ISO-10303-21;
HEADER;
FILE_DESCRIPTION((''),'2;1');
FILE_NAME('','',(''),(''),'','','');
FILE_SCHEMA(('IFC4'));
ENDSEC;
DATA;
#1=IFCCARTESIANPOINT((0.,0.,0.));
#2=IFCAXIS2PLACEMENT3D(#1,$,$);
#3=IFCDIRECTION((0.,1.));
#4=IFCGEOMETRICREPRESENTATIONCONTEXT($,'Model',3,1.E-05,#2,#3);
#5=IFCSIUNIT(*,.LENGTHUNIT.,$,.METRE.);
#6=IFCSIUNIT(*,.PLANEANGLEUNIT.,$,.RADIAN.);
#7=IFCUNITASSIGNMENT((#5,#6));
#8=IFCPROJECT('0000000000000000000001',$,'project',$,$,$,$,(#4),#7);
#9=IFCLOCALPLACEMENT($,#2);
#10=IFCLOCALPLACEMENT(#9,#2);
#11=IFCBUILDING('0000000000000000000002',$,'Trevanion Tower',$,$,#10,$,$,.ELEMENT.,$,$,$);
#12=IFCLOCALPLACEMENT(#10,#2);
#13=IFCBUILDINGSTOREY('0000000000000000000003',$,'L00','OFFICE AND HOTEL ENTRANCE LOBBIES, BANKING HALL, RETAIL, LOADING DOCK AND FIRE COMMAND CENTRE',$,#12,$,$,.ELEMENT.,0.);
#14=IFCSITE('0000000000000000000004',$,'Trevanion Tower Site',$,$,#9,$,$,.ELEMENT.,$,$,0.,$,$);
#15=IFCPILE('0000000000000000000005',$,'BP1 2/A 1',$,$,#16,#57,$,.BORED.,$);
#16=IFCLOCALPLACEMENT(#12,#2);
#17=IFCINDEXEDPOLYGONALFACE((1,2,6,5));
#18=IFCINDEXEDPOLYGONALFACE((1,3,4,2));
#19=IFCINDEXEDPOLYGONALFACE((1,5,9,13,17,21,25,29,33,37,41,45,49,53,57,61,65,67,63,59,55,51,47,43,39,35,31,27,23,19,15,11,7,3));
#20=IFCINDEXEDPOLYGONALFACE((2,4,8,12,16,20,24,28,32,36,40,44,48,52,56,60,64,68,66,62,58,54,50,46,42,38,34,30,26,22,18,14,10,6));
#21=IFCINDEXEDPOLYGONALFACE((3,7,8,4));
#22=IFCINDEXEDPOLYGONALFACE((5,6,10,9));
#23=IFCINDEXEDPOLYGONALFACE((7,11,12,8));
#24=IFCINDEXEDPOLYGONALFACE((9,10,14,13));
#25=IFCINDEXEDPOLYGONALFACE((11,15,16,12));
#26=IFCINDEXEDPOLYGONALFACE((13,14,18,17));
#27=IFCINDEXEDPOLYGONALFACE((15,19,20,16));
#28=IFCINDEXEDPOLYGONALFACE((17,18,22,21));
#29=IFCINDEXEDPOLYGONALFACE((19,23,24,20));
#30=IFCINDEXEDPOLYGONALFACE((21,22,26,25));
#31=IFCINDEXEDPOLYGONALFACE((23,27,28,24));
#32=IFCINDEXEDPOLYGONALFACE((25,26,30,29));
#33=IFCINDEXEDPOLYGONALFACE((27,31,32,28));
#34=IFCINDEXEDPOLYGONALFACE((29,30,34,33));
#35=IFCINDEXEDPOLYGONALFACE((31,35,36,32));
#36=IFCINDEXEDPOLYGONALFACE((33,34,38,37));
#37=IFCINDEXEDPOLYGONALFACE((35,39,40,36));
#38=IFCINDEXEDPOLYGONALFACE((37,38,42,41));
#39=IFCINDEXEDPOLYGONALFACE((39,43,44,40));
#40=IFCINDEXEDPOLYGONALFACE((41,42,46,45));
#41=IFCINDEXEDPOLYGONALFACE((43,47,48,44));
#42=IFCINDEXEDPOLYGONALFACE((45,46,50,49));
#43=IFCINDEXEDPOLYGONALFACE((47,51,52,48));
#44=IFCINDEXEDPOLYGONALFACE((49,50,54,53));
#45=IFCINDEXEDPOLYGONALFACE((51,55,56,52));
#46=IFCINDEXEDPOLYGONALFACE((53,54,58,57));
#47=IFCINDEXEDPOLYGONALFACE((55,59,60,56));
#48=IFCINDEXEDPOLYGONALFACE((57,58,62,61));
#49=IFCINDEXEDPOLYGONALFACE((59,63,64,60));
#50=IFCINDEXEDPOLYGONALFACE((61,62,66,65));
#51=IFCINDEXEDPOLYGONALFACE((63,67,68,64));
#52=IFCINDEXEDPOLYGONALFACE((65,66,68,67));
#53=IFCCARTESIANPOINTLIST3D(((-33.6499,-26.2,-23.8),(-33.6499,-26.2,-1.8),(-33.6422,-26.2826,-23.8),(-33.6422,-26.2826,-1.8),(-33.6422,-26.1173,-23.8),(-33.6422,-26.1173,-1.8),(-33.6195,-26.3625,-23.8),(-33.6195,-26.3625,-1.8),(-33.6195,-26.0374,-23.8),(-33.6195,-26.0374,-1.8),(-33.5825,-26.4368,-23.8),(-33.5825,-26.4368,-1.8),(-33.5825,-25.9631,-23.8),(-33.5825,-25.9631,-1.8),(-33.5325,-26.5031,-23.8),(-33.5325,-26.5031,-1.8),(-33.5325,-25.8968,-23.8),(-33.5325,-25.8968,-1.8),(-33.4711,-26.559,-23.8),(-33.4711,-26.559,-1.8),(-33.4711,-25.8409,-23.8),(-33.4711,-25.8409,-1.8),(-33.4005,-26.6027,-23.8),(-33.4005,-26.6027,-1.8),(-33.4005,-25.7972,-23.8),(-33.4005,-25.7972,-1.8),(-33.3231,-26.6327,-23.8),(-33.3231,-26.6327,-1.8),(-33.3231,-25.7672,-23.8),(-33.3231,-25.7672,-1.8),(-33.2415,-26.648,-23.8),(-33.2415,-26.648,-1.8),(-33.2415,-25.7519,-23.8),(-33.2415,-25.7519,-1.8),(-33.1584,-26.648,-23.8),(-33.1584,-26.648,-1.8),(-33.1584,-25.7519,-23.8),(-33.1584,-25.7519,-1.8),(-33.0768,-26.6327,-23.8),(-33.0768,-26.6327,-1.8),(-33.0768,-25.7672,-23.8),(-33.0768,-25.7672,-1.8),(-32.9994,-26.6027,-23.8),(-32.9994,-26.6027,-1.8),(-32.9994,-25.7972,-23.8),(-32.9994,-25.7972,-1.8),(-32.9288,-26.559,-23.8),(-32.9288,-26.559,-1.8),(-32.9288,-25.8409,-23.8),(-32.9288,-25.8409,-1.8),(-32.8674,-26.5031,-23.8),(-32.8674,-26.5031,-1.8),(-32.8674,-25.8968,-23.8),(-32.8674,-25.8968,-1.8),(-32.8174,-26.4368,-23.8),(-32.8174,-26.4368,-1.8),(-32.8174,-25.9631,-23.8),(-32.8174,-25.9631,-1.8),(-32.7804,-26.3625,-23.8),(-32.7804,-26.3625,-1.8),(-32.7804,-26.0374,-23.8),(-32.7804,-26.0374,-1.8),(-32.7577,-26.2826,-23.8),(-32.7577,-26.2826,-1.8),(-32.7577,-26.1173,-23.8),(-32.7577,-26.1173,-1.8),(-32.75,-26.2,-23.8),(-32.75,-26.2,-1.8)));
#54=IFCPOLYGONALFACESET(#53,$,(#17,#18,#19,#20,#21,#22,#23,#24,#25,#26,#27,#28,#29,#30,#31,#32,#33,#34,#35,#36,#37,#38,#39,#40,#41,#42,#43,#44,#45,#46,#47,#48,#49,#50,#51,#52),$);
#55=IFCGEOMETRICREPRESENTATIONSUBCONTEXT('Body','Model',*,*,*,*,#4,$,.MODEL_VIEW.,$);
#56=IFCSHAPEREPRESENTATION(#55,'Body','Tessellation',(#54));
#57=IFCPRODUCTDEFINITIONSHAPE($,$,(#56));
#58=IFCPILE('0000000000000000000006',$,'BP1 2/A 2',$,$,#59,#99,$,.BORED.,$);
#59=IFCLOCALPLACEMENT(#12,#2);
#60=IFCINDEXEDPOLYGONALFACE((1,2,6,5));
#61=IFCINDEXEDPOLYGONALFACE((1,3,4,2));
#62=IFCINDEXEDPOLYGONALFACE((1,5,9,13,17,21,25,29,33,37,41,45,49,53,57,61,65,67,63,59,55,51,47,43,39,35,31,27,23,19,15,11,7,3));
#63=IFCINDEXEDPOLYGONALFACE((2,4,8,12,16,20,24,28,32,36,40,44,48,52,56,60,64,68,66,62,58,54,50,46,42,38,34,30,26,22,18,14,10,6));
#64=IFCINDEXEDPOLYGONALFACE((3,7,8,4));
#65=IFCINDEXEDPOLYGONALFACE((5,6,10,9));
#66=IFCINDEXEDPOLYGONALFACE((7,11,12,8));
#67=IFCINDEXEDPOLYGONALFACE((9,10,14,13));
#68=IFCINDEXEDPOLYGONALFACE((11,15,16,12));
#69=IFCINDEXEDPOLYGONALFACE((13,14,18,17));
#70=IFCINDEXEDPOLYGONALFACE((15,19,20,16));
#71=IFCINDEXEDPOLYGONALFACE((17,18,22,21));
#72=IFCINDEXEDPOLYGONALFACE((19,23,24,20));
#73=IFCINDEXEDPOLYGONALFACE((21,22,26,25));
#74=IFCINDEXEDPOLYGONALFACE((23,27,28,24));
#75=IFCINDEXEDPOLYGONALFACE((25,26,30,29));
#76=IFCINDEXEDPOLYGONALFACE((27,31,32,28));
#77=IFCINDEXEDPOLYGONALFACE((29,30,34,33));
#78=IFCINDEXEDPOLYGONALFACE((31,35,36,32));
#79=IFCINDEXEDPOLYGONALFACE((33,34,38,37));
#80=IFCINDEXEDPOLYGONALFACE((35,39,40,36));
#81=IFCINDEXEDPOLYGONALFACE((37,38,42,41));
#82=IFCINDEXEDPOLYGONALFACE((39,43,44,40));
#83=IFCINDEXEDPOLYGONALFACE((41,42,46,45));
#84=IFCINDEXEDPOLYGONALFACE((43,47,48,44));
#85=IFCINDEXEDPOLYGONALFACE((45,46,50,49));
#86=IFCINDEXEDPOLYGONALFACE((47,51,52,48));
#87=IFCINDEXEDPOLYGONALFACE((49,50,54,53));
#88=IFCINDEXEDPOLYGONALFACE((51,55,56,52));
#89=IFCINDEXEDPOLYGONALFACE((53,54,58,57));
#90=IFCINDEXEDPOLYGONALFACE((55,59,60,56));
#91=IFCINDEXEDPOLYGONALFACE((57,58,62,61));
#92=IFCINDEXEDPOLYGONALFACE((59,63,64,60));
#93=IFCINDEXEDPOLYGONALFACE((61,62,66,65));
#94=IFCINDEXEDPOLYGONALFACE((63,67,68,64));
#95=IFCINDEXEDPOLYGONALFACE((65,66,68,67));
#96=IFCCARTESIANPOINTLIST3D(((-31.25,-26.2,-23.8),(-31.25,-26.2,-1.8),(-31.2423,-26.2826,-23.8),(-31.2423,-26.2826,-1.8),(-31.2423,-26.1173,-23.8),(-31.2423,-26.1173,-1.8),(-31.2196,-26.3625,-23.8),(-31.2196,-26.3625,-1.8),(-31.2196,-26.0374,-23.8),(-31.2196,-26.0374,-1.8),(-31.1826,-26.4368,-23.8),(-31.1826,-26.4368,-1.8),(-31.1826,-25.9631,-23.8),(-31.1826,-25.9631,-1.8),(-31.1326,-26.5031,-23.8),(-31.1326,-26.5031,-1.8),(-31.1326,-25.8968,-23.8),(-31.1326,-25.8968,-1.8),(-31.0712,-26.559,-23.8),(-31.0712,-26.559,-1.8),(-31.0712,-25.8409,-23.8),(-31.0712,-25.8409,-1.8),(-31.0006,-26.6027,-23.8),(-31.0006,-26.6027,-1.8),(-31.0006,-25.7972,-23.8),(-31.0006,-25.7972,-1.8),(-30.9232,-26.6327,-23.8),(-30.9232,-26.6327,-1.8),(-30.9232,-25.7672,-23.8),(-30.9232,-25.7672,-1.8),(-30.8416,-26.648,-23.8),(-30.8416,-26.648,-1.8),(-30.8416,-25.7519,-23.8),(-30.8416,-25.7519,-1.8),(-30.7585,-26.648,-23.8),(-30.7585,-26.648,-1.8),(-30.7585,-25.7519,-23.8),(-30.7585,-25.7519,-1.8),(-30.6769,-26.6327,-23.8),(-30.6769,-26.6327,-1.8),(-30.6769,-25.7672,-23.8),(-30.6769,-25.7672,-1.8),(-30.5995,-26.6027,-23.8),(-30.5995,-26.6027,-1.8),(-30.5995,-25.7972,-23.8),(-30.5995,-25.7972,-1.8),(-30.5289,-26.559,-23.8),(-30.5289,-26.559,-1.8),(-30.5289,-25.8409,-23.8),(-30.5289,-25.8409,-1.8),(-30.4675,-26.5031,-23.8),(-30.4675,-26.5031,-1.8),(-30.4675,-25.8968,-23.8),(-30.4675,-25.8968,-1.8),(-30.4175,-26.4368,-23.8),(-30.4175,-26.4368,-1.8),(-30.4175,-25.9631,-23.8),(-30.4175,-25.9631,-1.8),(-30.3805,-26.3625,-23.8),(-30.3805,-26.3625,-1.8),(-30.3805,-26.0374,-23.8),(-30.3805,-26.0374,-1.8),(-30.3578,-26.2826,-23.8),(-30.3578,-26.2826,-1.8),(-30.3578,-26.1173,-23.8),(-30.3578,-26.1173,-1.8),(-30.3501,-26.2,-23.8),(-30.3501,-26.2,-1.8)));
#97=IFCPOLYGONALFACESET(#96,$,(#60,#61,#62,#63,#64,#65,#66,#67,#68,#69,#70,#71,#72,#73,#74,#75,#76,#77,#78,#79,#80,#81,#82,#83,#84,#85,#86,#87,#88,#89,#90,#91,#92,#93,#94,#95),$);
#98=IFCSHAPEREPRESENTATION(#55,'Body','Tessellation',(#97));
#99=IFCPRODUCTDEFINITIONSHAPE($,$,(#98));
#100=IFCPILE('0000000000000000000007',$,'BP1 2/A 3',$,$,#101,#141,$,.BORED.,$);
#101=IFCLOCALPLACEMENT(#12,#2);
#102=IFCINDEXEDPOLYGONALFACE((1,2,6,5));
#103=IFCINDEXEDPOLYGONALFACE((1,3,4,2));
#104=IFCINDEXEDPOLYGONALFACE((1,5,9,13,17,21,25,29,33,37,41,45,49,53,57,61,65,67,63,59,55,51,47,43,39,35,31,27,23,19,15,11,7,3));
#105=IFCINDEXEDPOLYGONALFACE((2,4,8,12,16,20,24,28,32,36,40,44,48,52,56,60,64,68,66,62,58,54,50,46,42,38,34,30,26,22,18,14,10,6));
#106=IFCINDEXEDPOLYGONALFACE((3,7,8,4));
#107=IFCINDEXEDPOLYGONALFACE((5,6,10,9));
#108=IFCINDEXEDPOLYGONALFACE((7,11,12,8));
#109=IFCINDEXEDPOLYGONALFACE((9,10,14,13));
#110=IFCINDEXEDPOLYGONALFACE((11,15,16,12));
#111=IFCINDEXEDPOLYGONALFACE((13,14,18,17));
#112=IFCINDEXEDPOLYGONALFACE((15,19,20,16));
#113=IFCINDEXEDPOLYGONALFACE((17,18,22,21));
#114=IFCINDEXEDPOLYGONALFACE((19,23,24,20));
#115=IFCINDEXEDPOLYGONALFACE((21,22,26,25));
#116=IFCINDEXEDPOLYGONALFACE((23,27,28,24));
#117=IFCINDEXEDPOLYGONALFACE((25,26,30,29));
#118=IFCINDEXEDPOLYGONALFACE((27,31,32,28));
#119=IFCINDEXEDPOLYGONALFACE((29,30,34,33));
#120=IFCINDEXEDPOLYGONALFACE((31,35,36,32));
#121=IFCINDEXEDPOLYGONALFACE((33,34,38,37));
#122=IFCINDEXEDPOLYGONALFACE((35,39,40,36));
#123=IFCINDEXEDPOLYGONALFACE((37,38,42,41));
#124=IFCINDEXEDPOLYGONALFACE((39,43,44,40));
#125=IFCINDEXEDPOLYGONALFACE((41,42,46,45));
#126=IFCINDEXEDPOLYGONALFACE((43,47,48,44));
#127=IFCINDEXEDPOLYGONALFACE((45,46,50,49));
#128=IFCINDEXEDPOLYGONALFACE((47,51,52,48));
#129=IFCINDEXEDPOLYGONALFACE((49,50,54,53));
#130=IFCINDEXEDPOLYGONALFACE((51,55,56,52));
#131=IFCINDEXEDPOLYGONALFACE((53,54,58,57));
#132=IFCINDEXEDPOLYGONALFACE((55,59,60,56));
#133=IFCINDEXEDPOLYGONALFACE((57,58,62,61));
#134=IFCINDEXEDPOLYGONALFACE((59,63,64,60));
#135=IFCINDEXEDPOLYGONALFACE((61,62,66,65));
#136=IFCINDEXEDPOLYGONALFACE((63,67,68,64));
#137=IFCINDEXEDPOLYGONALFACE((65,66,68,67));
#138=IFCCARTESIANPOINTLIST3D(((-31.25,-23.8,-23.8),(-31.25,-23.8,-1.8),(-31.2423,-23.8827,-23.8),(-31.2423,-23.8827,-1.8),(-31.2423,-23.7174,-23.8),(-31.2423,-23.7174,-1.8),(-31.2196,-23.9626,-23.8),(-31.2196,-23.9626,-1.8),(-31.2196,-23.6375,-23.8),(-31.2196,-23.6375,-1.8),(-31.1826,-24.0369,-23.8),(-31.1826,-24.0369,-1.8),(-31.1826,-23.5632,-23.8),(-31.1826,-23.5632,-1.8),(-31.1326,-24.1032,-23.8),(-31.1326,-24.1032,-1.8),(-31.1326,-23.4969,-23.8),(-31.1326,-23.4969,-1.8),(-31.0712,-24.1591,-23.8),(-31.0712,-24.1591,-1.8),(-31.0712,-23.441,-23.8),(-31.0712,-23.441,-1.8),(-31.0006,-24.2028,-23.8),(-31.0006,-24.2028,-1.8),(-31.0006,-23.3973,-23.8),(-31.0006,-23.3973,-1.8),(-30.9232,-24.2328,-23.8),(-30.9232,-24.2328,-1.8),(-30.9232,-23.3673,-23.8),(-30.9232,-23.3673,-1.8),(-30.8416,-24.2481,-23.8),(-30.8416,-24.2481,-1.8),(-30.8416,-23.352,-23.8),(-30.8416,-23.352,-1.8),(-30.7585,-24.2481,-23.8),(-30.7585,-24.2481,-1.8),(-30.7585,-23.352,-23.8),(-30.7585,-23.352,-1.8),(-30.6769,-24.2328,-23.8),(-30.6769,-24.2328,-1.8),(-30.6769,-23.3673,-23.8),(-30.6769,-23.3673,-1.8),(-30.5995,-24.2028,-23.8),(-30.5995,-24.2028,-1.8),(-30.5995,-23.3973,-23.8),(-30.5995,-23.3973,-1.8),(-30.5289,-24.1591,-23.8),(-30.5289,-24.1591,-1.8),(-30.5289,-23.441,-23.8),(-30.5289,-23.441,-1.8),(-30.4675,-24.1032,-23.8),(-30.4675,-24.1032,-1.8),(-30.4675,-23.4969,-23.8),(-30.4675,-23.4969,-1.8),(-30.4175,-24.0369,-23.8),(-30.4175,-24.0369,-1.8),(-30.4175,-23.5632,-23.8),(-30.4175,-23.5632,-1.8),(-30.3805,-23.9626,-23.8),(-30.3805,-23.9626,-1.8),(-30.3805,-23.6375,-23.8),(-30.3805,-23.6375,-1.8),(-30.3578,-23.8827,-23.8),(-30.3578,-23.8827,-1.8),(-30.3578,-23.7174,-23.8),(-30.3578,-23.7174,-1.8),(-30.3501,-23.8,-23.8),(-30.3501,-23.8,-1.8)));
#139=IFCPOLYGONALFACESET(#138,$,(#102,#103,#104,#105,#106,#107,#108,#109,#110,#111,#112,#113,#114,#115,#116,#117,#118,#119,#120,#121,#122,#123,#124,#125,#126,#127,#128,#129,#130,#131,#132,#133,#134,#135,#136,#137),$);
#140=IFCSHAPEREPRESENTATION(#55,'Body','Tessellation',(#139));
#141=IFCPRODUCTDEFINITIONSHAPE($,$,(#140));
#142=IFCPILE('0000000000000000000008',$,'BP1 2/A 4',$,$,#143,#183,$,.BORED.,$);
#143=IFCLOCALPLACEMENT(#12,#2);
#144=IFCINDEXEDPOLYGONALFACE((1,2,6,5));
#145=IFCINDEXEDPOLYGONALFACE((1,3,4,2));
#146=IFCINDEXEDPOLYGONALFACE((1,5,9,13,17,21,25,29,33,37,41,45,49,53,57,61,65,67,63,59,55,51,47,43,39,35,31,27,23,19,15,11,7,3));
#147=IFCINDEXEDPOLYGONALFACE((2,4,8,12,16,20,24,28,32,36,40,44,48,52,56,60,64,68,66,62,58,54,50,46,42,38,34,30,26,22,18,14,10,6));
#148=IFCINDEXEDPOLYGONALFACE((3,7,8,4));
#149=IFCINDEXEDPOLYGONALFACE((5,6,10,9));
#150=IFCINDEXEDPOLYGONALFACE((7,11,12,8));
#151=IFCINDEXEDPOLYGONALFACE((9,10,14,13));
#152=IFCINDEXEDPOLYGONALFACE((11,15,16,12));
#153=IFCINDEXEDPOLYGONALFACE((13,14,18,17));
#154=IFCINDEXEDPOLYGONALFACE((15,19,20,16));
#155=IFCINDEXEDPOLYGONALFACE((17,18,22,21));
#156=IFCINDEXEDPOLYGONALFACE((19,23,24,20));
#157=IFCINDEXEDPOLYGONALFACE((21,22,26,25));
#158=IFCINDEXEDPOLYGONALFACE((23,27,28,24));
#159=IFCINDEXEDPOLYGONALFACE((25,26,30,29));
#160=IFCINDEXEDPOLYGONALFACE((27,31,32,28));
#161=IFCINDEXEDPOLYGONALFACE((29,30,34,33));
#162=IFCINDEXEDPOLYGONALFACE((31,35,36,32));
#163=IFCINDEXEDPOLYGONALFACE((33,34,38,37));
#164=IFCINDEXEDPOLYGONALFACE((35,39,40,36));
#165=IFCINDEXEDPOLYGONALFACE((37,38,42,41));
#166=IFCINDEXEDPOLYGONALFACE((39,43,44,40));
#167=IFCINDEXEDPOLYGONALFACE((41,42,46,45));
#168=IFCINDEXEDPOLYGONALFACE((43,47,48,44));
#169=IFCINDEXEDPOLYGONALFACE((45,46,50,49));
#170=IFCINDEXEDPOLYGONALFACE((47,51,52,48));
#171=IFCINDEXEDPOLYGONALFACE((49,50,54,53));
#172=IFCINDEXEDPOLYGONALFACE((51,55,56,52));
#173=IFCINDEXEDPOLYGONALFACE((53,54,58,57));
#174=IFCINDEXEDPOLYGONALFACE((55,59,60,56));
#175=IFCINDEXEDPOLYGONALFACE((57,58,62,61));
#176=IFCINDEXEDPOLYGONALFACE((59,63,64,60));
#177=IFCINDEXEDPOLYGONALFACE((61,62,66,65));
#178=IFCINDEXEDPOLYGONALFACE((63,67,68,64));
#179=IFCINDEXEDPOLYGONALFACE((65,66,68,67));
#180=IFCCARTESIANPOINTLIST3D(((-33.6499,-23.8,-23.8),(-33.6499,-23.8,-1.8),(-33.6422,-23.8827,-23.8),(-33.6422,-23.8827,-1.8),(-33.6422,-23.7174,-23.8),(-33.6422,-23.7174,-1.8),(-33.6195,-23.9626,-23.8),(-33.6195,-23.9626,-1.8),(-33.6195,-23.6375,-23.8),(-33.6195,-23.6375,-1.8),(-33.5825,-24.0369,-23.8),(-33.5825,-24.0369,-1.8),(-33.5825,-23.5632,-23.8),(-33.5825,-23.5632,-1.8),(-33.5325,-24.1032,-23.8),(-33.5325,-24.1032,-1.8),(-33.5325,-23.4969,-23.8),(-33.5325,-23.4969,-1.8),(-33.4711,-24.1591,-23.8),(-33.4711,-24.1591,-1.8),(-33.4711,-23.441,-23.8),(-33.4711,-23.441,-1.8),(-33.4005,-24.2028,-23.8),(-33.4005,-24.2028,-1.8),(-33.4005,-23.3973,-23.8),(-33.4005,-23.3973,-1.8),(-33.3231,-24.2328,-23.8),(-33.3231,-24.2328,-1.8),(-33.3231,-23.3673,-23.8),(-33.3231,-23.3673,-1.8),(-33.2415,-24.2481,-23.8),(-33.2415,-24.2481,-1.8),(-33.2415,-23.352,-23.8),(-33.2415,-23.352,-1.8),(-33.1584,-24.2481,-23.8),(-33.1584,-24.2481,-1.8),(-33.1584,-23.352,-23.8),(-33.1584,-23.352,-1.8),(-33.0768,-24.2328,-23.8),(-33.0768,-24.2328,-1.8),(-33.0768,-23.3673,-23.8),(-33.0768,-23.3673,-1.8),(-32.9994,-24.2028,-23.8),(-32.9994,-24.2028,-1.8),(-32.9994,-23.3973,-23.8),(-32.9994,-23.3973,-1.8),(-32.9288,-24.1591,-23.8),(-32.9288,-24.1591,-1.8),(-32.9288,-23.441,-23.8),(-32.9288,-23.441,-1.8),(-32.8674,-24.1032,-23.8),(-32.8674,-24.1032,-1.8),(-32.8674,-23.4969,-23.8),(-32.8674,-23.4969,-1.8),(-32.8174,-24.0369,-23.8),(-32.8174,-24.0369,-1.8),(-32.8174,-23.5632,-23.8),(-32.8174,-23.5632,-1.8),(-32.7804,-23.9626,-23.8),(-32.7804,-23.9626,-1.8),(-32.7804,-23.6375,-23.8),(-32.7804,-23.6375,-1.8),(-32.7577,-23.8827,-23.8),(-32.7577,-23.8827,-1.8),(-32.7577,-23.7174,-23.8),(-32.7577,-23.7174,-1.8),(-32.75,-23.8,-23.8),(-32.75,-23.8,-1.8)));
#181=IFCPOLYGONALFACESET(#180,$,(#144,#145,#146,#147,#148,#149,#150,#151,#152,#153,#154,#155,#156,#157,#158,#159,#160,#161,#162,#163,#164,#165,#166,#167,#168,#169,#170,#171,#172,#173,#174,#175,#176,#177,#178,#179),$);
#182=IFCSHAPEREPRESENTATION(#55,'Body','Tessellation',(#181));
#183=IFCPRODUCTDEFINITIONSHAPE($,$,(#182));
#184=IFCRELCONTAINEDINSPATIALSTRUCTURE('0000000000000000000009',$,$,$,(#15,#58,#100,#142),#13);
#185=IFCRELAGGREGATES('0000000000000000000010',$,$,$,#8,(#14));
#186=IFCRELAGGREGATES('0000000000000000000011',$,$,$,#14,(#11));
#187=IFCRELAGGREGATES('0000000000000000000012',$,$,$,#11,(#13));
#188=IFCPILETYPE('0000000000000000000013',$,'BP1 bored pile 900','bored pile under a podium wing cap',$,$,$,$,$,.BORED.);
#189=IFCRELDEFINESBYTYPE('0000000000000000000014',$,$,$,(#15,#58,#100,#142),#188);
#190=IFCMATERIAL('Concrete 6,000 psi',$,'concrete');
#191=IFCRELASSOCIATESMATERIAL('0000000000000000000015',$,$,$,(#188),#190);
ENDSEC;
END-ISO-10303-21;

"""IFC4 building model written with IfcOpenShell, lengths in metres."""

from ifc_helpers import new_model, si_unit, direction, frame, origin, origin_2d, place, context, subcontext, project, spatial, circle, extrude, material, material_profile, profile_set, type_object, element, save


model = new_model("IFC4")

# Units and contexts
model_context = context("Model", 3, precision=1e-05, world=origin(), true_north=direction((0.0, 1.0)))
body_context = subcontext(model_context, "Body", "Model", "MODEL_VIEW")
ifc_project = project(units=[si_unit("LENGTHUNIT", "METRE"), si_unit("PLANEANGLEUNIT", "RADIAN")], contexts=[model_context])

# Site, building, storey
site_placement = place(None, origin())
site = spatial("IfcSite", under=ifc_project, at=site_placement, Name="Trevanion Tower Site", CompositionType="ELEMENT", RefElevation=0.0)
building_placement = place(site_placement, origin())
building = spatial("IfcBuilding", under=site, at=building_placement, Name="Trevanion Tower", CompositionType="ELEMENT")
storey_placement = place(building_placement, origin())
storey = spatial("IfcBuildingStorey", under=building, at=storey_placement, Name="L00", Description="OFFICE AND HOTEL ENTRANCE LOBBIES, BANKING HALL, RETAIL, LOADING DOCK AND FIRE COMMAND CENTRE", CompositionType="ELEMENT", Elevation=0.0)

# Piles
ifc_material_1 = material(Name="Concrete 6,000 psi", Category="concrete")
ifc_material_profile_1 = material_profile(ifc_material_1, circle(Radius=0.45, at=origin_2d()), Name="BP1 bored pile 900")
ifc_profile_set_1 = profile_set([ifc_material_profile_1], Name="Concrete 6,000 psi")
pile_type_1 = type_object("IfcPileType", Name="BP1 bored pile 900", Description="bored pile under a podium wing cap", PredefinedType="BORED", material=ifc_profile_set_1)
for number, where, z_axis, x_axis, name in (
    (1, (-33.2, -26.2, -1.8), (0.0, 0.0, -1.0), (1.0, 0.0, 0.0), "BP1 2/A 1"),
    (2, (-30.8, -26.2, -1.8), (0.0, 0.0, -1.0), (1.0, 0.0, 0.0), "BP1 2/A 2"),
    (3, (-30.8, -23.8, -1.8), (0.0, 0.0, -1.0), (1.0, 0.0, 0.0), "BP1 2/A 3"),
    (4, (-33.2, -23.8, -1.8), (0.0, 0.0, -1.0), (1.0, 0.0, 0.0), "BP1 2/A 4"),
):
    element("IfcPile", number, at=place(storey_placement, frame(where, z_axis=z_axis, x_axis=x_axis)), inside=storey, type_object=pile_type_1, Name=name, PredefinedType="BORED", context=body_context, shape_type="SweptSolid", body=[
        extrude(circle(Radius=0.45, at=origin_2d()), origin(), (0.0, 0.0, 1.0), 22.0),
    ])

save(model, "model.ifc")
